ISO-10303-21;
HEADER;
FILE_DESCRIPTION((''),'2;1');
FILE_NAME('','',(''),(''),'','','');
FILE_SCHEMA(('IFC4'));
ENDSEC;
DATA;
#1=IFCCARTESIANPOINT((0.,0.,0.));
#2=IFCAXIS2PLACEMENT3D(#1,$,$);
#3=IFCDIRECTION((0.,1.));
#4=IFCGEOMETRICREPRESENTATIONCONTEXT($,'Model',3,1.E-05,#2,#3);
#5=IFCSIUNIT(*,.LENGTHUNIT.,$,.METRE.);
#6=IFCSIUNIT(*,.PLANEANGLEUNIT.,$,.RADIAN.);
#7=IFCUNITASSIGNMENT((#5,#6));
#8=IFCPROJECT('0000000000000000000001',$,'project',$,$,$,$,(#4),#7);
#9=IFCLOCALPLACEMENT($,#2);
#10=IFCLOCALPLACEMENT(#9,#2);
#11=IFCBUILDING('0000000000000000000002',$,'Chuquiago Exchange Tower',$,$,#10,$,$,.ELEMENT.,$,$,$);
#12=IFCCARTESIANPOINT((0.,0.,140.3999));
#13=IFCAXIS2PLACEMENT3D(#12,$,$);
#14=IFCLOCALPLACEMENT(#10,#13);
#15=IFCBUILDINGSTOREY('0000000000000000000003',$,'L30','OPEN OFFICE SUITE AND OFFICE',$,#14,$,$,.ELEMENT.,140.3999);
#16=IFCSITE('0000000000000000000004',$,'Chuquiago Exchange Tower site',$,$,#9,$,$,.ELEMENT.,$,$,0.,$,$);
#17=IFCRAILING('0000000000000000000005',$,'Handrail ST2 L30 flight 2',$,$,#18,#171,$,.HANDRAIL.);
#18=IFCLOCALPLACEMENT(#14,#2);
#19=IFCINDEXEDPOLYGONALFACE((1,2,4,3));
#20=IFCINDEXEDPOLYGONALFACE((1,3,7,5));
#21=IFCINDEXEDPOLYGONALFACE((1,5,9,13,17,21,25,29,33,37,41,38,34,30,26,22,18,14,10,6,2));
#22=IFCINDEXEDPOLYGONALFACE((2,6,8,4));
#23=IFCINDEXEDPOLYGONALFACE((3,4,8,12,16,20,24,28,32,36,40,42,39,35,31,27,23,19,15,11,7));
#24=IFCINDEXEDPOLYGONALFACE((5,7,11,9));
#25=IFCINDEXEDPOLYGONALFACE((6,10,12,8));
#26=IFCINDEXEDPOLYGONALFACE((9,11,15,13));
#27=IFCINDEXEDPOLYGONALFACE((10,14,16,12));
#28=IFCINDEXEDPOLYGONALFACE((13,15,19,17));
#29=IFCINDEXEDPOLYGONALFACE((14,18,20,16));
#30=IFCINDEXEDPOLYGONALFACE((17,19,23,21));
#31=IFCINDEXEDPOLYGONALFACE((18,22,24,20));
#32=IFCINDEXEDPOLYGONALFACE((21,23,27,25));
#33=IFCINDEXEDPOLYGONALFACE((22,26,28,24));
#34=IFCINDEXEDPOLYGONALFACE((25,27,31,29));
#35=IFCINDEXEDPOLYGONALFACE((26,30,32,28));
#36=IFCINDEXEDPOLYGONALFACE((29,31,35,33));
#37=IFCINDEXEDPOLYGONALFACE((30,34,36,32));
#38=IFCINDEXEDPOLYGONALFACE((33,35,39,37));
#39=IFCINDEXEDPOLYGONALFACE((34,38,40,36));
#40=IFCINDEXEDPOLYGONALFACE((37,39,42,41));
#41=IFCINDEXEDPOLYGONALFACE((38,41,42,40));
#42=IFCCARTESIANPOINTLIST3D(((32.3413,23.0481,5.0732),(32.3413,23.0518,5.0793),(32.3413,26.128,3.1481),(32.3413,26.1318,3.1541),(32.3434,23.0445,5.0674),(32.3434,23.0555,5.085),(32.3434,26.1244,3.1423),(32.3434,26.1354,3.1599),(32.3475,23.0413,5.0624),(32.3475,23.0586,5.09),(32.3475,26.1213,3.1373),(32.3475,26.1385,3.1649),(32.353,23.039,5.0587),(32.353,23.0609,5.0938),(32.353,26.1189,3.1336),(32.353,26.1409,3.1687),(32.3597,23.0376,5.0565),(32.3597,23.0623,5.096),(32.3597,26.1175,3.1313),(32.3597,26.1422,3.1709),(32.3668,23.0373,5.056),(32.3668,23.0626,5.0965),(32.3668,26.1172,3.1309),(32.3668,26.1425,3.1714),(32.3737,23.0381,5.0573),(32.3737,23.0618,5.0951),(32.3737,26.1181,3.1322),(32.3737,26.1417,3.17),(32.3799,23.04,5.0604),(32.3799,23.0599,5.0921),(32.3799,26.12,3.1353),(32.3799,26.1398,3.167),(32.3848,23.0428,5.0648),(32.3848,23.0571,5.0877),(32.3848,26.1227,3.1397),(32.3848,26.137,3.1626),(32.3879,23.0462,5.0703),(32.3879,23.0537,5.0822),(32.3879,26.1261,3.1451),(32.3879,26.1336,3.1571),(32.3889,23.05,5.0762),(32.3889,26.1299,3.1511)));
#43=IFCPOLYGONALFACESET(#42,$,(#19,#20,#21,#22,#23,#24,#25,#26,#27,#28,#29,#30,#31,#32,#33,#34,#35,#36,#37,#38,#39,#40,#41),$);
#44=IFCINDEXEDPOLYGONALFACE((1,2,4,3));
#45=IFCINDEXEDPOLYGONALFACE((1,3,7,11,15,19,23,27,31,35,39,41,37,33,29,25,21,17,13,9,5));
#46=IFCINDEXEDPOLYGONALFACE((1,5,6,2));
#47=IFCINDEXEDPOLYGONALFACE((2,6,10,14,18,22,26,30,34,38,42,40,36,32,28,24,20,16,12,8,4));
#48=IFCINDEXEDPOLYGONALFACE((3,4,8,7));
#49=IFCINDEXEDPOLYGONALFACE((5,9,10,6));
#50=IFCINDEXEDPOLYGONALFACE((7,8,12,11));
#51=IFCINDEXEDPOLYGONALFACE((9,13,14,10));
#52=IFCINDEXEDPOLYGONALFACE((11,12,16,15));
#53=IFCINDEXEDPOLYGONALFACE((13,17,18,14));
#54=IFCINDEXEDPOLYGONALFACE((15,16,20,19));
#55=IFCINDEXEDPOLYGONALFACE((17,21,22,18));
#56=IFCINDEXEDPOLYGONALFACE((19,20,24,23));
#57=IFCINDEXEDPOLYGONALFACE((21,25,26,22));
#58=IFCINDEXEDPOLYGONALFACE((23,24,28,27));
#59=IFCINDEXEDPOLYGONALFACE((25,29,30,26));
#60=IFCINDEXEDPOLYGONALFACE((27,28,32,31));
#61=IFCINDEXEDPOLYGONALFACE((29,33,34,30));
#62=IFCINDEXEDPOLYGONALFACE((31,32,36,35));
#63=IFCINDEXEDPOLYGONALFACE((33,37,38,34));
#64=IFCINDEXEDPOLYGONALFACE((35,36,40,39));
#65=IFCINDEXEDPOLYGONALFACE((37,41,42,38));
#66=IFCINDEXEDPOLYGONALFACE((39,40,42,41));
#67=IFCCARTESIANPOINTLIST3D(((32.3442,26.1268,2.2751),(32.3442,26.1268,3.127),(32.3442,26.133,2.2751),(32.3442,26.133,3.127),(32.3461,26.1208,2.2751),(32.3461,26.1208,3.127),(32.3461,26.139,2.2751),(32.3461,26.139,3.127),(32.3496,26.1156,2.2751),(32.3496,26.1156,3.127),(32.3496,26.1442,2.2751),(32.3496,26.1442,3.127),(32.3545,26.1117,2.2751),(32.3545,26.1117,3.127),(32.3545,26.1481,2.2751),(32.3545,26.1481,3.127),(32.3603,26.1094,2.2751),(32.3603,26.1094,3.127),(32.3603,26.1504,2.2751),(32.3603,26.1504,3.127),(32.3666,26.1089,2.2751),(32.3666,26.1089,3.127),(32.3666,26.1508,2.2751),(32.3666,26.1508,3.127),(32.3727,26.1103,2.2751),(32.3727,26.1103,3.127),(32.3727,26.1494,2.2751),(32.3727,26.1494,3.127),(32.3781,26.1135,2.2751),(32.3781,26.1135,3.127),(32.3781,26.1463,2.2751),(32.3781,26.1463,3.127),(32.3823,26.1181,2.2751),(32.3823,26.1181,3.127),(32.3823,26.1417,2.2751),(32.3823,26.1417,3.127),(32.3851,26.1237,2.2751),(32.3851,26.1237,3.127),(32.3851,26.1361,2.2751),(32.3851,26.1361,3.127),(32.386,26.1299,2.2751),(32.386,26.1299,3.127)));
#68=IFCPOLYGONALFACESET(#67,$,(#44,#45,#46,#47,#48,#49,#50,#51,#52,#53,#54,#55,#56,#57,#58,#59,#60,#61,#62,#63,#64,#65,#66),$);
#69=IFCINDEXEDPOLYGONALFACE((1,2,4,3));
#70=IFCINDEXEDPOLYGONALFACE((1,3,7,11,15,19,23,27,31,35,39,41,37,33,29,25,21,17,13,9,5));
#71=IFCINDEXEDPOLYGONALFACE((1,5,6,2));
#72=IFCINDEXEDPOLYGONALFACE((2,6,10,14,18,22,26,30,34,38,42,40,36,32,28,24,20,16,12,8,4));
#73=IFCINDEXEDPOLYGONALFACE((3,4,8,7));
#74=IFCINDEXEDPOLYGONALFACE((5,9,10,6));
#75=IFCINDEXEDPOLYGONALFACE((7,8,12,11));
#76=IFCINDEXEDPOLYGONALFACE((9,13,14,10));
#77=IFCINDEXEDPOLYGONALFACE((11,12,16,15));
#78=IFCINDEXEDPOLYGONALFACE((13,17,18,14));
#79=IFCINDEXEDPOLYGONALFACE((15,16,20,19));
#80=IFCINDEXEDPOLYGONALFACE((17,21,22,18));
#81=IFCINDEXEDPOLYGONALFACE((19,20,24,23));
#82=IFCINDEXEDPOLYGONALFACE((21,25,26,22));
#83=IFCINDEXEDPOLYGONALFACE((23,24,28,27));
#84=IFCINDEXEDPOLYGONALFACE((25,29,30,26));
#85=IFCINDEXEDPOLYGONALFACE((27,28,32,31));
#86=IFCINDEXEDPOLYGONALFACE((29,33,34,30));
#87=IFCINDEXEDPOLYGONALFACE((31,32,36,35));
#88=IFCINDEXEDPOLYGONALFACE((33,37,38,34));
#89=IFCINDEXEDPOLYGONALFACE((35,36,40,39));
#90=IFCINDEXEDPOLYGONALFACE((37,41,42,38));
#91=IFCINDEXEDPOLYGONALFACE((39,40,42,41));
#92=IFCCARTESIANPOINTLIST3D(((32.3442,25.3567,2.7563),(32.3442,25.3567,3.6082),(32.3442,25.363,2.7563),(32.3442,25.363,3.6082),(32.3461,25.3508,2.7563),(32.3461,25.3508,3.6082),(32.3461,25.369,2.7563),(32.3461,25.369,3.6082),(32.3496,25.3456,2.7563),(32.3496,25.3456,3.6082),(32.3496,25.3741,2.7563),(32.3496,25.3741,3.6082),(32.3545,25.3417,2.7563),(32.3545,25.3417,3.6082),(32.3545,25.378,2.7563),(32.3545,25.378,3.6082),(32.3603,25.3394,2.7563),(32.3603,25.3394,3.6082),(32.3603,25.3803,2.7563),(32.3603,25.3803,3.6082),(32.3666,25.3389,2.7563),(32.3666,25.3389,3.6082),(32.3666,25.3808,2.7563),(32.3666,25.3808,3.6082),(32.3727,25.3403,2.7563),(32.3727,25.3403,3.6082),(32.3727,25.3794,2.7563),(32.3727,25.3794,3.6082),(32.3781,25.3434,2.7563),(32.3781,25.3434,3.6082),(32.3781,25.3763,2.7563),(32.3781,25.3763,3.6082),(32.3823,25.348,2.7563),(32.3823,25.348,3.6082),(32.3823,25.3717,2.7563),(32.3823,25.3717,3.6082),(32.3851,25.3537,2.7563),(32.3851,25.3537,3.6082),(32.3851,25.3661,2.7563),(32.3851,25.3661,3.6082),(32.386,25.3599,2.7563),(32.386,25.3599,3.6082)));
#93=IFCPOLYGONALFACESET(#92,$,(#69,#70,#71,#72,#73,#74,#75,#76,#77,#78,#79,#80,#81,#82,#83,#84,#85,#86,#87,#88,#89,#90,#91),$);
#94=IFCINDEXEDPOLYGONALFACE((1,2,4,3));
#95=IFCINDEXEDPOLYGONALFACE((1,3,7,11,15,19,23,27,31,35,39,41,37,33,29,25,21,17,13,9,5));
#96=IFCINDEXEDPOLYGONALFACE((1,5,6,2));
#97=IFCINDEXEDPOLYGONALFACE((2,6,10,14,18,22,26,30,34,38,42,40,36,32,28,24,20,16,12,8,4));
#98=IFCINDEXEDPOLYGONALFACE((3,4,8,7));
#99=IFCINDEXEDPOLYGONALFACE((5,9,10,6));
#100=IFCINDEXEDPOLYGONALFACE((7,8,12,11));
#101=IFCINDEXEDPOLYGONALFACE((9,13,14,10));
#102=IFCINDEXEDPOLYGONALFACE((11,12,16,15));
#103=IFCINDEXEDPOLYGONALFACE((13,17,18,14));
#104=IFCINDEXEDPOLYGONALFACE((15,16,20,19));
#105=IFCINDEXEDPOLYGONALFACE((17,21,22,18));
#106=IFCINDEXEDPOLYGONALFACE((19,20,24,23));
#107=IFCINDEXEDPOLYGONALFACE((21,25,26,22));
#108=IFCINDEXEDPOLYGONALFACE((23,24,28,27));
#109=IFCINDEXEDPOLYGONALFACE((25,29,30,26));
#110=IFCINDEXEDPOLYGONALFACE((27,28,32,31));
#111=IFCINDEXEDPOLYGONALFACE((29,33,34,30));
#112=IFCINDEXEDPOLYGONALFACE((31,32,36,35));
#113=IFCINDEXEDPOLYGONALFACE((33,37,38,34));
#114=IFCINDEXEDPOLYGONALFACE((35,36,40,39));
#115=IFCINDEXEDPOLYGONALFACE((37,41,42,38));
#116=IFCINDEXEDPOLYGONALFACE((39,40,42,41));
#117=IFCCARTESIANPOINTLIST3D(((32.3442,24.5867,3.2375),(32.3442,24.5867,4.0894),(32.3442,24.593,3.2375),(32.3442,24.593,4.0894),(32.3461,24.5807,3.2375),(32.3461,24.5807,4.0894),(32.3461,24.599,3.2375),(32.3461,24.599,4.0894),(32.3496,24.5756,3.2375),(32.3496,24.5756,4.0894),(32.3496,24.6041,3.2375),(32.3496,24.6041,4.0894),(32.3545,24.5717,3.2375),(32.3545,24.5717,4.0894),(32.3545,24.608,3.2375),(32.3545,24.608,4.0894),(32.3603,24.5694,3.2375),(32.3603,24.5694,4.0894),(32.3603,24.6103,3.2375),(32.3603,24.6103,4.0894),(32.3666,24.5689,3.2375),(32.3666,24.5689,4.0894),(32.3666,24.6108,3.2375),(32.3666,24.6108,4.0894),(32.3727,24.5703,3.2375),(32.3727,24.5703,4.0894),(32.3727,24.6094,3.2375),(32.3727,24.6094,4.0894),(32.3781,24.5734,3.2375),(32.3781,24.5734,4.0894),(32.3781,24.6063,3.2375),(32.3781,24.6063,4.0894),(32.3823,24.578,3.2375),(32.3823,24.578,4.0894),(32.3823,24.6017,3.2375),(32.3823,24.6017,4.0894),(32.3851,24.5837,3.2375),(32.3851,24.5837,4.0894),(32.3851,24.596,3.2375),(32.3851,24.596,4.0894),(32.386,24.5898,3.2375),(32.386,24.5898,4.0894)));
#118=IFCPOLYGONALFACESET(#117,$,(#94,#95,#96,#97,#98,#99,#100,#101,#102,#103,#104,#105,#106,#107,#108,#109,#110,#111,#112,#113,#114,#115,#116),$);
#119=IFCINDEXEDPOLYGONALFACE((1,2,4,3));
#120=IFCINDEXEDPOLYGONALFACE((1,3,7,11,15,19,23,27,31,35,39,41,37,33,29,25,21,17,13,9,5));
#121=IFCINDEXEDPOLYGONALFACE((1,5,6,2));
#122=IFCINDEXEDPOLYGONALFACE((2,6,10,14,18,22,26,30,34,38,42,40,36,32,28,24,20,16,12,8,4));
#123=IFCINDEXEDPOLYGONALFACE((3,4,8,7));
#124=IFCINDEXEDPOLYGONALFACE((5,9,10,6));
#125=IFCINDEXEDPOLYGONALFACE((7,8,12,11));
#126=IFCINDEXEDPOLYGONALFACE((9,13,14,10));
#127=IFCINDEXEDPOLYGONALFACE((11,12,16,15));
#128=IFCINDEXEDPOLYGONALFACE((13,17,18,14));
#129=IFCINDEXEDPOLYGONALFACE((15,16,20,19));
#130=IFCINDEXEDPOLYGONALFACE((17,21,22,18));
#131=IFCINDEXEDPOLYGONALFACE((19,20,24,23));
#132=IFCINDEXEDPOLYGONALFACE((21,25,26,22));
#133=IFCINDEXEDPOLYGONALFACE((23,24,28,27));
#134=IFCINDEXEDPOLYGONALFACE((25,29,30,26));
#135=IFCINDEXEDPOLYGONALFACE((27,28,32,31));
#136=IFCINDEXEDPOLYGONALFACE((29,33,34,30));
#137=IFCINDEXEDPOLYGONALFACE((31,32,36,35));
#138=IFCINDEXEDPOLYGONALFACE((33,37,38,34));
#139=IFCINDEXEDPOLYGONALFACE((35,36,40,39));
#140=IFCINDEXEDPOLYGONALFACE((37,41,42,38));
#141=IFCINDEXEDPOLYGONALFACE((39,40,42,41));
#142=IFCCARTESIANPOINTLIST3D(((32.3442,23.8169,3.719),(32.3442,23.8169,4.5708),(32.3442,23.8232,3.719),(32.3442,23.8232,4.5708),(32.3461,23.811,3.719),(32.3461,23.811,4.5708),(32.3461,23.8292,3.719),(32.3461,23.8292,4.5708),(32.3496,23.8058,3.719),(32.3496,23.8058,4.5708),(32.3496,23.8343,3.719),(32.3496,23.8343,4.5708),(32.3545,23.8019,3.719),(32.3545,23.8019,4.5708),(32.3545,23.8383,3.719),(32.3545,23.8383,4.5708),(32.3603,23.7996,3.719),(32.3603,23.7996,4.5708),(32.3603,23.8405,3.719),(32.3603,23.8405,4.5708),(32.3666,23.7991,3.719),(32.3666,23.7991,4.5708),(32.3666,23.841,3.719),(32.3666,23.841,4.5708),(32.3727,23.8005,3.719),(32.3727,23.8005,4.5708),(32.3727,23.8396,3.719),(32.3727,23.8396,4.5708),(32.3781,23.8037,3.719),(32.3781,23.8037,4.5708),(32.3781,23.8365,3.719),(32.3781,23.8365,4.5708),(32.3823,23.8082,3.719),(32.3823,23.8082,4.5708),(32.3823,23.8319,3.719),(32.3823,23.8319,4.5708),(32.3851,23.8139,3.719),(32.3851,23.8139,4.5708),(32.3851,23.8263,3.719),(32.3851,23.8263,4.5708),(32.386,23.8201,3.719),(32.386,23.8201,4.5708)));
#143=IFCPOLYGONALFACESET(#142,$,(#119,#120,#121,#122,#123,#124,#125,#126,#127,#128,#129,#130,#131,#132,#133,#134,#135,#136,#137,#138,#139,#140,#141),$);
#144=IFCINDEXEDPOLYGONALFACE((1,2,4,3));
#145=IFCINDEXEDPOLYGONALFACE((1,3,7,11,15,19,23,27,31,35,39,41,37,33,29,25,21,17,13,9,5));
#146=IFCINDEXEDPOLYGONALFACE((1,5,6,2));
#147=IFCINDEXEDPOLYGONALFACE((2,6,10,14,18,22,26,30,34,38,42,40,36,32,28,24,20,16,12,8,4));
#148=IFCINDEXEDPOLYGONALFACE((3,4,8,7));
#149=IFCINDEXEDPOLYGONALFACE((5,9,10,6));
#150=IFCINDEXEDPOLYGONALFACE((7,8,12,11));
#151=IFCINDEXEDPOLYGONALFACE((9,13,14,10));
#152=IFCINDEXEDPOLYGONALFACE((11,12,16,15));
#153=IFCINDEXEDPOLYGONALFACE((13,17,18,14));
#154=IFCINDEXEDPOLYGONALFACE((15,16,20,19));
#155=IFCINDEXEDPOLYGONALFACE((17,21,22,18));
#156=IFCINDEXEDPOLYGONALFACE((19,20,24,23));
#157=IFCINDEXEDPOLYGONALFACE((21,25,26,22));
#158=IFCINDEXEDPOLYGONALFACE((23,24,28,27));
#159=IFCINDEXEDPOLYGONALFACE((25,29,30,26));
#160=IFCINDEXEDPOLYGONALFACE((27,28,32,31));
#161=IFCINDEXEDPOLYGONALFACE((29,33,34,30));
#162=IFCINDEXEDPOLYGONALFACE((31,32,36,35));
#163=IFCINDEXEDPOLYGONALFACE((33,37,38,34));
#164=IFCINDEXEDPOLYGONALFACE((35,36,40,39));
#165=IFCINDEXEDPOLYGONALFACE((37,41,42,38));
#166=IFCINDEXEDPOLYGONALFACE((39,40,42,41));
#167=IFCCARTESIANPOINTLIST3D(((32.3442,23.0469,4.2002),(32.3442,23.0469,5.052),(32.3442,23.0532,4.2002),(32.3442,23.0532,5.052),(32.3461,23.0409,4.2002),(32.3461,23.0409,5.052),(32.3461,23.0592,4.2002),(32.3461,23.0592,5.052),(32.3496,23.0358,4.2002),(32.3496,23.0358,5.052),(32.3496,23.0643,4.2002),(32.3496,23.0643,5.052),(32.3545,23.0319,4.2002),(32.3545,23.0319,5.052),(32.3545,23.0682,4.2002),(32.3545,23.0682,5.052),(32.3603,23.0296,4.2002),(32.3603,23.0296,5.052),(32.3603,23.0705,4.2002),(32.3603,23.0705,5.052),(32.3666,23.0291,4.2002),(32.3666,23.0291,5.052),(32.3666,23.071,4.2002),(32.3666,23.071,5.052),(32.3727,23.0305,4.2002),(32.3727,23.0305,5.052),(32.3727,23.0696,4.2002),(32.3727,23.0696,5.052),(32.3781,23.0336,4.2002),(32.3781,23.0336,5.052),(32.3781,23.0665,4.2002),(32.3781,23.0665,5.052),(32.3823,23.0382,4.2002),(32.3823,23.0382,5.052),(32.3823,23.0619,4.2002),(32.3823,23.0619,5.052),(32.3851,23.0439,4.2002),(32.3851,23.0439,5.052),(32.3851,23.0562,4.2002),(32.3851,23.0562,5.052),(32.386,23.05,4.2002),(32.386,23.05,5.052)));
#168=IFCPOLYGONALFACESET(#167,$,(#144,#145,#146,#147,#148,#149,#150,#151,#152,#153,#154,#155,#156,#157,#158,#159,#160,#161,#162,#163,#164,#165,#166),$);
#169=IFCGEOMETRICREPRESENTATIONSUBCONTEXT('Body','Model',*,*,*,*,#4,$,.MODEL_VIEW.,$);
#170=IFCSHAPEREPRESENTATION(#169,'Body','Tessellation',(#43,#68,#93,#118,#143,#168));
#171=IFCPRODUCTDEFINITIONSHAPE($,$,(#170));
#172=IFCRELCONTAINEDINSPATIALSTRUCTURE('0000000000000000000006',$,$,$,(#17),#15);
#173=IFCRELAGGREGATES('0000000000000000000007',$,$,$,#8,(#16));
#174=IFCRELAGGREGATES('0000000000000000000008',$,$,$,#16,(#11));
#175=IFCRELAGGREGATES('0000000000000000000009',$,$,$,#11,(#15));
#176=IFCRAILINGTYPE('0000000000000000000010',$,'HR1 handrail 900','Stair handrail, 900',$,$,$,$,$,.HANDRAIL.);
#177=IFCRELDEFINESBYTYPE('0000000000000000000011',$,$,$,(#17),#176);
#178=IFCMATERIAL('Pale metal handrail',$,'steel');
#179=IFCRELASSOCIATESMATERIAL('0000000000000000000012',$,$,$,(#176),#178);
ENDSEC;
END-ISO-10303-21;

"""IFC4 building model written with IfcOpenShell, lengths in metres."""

from ifc_helpers import new_model, si_unit, direction, frame, origin, origin_2d, place, context, subcontext, project, spatial, circle, extrude, material, type_object, element, save


model = new_model("IFC4")

# Units and contexts
model_context = context("Model", 3, precision=1e-05, world=origin(), true_north=direction((0.0, 1.0)))
body_context = subcontext(model_context, "Body", "Model", "MODEL_VIEW")
ifc_project = project(units=[si_unit("LENGTHUNIT", "METRE"), si_unit("PLANEANGLEUNIT", "RADIAN")], contexts=[model_context])

# Site, building, storey
site_placement = place(None, origin())
site = spatial("IfcSite", under=ifc_project, at=site_placement, Name="Chuquiago Exchange Tower site", CompositionType="ELEMENT", RefElevation=0.0)
building_placement = place(site_placement, origin())
building = spatial("IfcBuilding", under=site, at=building_placement, Name="Chuquiago Exchange Tower", CompositionType="ELEMENT")
storey_placement = place(building_placement, frame((0.0, 0.0, 140.3999)))
storey = spatial("IfcBuildingStorey", under=building, at=storey_placement, Name="L30", Description="OPEN OFFICE SUITE AND OFFICE", CompositionType="ELEMENT", Elevation=140.3999)

# Railing
ifc_material_1 = material(Name="Pale metal handrail", Category="steel")
railing_type_1 = type_object("IfcRailingType", Name="HR1 handrail 900", Description="Stair handrail, 900", PredefinedType="HANDRAIL", material=ifc_material_1)
for number, where, name in (
    (1, (32.365, 26.1299, 2.2751), "Handrail ST2 L30 flight 2"),
):
    element("IfcRailing", number, at=place(storey_placement, frame(where)), inside=storey, type_object=railing_type_1, Name=name, PredefinedType="HANDRAIL", context=body_context, shape_type="SweptSolid", body=[
        extrude(circle(Radius=0.0239, at=origin_2d()), frame((0.0, 0.0, 0.876), z_axis=(0.0, -0.847979, 0.530029), x_axis=(1.0, 0.0, 0.0)), (0.0, 0.0, 1.0), 3.6321),
        extrude(circle(Radius=0.021, at=origin_2d()), origin(), (0.0, 0.0, 1.0), 0.8518),
        extrude(circle(Radius=0.021, at=origin_2d()), frame((0.0, -0.77, 0.4812)), (0.0, 0.0, 1.0), 0.8518),
        extrude(circle(Radius=0.021, at=origin_2d()), frame((0.0, -1.54, 0.9624)), (0.0, 0.0, 1.0), 0.8518),
        extrude(circle(Radius=0.021, at=origin_2d()), frame((0.0, -2.3098, 1.4438)), (0.0, 0.0, 1.0), 0.8518),
        extrude(circle(Radius=0.021, at=origin_2d()), frame((0.0, -3.0798, 1.925)), (0.0, 0.0, 1.0), 0.8518),
    ])

save(model, "model.ifc")
